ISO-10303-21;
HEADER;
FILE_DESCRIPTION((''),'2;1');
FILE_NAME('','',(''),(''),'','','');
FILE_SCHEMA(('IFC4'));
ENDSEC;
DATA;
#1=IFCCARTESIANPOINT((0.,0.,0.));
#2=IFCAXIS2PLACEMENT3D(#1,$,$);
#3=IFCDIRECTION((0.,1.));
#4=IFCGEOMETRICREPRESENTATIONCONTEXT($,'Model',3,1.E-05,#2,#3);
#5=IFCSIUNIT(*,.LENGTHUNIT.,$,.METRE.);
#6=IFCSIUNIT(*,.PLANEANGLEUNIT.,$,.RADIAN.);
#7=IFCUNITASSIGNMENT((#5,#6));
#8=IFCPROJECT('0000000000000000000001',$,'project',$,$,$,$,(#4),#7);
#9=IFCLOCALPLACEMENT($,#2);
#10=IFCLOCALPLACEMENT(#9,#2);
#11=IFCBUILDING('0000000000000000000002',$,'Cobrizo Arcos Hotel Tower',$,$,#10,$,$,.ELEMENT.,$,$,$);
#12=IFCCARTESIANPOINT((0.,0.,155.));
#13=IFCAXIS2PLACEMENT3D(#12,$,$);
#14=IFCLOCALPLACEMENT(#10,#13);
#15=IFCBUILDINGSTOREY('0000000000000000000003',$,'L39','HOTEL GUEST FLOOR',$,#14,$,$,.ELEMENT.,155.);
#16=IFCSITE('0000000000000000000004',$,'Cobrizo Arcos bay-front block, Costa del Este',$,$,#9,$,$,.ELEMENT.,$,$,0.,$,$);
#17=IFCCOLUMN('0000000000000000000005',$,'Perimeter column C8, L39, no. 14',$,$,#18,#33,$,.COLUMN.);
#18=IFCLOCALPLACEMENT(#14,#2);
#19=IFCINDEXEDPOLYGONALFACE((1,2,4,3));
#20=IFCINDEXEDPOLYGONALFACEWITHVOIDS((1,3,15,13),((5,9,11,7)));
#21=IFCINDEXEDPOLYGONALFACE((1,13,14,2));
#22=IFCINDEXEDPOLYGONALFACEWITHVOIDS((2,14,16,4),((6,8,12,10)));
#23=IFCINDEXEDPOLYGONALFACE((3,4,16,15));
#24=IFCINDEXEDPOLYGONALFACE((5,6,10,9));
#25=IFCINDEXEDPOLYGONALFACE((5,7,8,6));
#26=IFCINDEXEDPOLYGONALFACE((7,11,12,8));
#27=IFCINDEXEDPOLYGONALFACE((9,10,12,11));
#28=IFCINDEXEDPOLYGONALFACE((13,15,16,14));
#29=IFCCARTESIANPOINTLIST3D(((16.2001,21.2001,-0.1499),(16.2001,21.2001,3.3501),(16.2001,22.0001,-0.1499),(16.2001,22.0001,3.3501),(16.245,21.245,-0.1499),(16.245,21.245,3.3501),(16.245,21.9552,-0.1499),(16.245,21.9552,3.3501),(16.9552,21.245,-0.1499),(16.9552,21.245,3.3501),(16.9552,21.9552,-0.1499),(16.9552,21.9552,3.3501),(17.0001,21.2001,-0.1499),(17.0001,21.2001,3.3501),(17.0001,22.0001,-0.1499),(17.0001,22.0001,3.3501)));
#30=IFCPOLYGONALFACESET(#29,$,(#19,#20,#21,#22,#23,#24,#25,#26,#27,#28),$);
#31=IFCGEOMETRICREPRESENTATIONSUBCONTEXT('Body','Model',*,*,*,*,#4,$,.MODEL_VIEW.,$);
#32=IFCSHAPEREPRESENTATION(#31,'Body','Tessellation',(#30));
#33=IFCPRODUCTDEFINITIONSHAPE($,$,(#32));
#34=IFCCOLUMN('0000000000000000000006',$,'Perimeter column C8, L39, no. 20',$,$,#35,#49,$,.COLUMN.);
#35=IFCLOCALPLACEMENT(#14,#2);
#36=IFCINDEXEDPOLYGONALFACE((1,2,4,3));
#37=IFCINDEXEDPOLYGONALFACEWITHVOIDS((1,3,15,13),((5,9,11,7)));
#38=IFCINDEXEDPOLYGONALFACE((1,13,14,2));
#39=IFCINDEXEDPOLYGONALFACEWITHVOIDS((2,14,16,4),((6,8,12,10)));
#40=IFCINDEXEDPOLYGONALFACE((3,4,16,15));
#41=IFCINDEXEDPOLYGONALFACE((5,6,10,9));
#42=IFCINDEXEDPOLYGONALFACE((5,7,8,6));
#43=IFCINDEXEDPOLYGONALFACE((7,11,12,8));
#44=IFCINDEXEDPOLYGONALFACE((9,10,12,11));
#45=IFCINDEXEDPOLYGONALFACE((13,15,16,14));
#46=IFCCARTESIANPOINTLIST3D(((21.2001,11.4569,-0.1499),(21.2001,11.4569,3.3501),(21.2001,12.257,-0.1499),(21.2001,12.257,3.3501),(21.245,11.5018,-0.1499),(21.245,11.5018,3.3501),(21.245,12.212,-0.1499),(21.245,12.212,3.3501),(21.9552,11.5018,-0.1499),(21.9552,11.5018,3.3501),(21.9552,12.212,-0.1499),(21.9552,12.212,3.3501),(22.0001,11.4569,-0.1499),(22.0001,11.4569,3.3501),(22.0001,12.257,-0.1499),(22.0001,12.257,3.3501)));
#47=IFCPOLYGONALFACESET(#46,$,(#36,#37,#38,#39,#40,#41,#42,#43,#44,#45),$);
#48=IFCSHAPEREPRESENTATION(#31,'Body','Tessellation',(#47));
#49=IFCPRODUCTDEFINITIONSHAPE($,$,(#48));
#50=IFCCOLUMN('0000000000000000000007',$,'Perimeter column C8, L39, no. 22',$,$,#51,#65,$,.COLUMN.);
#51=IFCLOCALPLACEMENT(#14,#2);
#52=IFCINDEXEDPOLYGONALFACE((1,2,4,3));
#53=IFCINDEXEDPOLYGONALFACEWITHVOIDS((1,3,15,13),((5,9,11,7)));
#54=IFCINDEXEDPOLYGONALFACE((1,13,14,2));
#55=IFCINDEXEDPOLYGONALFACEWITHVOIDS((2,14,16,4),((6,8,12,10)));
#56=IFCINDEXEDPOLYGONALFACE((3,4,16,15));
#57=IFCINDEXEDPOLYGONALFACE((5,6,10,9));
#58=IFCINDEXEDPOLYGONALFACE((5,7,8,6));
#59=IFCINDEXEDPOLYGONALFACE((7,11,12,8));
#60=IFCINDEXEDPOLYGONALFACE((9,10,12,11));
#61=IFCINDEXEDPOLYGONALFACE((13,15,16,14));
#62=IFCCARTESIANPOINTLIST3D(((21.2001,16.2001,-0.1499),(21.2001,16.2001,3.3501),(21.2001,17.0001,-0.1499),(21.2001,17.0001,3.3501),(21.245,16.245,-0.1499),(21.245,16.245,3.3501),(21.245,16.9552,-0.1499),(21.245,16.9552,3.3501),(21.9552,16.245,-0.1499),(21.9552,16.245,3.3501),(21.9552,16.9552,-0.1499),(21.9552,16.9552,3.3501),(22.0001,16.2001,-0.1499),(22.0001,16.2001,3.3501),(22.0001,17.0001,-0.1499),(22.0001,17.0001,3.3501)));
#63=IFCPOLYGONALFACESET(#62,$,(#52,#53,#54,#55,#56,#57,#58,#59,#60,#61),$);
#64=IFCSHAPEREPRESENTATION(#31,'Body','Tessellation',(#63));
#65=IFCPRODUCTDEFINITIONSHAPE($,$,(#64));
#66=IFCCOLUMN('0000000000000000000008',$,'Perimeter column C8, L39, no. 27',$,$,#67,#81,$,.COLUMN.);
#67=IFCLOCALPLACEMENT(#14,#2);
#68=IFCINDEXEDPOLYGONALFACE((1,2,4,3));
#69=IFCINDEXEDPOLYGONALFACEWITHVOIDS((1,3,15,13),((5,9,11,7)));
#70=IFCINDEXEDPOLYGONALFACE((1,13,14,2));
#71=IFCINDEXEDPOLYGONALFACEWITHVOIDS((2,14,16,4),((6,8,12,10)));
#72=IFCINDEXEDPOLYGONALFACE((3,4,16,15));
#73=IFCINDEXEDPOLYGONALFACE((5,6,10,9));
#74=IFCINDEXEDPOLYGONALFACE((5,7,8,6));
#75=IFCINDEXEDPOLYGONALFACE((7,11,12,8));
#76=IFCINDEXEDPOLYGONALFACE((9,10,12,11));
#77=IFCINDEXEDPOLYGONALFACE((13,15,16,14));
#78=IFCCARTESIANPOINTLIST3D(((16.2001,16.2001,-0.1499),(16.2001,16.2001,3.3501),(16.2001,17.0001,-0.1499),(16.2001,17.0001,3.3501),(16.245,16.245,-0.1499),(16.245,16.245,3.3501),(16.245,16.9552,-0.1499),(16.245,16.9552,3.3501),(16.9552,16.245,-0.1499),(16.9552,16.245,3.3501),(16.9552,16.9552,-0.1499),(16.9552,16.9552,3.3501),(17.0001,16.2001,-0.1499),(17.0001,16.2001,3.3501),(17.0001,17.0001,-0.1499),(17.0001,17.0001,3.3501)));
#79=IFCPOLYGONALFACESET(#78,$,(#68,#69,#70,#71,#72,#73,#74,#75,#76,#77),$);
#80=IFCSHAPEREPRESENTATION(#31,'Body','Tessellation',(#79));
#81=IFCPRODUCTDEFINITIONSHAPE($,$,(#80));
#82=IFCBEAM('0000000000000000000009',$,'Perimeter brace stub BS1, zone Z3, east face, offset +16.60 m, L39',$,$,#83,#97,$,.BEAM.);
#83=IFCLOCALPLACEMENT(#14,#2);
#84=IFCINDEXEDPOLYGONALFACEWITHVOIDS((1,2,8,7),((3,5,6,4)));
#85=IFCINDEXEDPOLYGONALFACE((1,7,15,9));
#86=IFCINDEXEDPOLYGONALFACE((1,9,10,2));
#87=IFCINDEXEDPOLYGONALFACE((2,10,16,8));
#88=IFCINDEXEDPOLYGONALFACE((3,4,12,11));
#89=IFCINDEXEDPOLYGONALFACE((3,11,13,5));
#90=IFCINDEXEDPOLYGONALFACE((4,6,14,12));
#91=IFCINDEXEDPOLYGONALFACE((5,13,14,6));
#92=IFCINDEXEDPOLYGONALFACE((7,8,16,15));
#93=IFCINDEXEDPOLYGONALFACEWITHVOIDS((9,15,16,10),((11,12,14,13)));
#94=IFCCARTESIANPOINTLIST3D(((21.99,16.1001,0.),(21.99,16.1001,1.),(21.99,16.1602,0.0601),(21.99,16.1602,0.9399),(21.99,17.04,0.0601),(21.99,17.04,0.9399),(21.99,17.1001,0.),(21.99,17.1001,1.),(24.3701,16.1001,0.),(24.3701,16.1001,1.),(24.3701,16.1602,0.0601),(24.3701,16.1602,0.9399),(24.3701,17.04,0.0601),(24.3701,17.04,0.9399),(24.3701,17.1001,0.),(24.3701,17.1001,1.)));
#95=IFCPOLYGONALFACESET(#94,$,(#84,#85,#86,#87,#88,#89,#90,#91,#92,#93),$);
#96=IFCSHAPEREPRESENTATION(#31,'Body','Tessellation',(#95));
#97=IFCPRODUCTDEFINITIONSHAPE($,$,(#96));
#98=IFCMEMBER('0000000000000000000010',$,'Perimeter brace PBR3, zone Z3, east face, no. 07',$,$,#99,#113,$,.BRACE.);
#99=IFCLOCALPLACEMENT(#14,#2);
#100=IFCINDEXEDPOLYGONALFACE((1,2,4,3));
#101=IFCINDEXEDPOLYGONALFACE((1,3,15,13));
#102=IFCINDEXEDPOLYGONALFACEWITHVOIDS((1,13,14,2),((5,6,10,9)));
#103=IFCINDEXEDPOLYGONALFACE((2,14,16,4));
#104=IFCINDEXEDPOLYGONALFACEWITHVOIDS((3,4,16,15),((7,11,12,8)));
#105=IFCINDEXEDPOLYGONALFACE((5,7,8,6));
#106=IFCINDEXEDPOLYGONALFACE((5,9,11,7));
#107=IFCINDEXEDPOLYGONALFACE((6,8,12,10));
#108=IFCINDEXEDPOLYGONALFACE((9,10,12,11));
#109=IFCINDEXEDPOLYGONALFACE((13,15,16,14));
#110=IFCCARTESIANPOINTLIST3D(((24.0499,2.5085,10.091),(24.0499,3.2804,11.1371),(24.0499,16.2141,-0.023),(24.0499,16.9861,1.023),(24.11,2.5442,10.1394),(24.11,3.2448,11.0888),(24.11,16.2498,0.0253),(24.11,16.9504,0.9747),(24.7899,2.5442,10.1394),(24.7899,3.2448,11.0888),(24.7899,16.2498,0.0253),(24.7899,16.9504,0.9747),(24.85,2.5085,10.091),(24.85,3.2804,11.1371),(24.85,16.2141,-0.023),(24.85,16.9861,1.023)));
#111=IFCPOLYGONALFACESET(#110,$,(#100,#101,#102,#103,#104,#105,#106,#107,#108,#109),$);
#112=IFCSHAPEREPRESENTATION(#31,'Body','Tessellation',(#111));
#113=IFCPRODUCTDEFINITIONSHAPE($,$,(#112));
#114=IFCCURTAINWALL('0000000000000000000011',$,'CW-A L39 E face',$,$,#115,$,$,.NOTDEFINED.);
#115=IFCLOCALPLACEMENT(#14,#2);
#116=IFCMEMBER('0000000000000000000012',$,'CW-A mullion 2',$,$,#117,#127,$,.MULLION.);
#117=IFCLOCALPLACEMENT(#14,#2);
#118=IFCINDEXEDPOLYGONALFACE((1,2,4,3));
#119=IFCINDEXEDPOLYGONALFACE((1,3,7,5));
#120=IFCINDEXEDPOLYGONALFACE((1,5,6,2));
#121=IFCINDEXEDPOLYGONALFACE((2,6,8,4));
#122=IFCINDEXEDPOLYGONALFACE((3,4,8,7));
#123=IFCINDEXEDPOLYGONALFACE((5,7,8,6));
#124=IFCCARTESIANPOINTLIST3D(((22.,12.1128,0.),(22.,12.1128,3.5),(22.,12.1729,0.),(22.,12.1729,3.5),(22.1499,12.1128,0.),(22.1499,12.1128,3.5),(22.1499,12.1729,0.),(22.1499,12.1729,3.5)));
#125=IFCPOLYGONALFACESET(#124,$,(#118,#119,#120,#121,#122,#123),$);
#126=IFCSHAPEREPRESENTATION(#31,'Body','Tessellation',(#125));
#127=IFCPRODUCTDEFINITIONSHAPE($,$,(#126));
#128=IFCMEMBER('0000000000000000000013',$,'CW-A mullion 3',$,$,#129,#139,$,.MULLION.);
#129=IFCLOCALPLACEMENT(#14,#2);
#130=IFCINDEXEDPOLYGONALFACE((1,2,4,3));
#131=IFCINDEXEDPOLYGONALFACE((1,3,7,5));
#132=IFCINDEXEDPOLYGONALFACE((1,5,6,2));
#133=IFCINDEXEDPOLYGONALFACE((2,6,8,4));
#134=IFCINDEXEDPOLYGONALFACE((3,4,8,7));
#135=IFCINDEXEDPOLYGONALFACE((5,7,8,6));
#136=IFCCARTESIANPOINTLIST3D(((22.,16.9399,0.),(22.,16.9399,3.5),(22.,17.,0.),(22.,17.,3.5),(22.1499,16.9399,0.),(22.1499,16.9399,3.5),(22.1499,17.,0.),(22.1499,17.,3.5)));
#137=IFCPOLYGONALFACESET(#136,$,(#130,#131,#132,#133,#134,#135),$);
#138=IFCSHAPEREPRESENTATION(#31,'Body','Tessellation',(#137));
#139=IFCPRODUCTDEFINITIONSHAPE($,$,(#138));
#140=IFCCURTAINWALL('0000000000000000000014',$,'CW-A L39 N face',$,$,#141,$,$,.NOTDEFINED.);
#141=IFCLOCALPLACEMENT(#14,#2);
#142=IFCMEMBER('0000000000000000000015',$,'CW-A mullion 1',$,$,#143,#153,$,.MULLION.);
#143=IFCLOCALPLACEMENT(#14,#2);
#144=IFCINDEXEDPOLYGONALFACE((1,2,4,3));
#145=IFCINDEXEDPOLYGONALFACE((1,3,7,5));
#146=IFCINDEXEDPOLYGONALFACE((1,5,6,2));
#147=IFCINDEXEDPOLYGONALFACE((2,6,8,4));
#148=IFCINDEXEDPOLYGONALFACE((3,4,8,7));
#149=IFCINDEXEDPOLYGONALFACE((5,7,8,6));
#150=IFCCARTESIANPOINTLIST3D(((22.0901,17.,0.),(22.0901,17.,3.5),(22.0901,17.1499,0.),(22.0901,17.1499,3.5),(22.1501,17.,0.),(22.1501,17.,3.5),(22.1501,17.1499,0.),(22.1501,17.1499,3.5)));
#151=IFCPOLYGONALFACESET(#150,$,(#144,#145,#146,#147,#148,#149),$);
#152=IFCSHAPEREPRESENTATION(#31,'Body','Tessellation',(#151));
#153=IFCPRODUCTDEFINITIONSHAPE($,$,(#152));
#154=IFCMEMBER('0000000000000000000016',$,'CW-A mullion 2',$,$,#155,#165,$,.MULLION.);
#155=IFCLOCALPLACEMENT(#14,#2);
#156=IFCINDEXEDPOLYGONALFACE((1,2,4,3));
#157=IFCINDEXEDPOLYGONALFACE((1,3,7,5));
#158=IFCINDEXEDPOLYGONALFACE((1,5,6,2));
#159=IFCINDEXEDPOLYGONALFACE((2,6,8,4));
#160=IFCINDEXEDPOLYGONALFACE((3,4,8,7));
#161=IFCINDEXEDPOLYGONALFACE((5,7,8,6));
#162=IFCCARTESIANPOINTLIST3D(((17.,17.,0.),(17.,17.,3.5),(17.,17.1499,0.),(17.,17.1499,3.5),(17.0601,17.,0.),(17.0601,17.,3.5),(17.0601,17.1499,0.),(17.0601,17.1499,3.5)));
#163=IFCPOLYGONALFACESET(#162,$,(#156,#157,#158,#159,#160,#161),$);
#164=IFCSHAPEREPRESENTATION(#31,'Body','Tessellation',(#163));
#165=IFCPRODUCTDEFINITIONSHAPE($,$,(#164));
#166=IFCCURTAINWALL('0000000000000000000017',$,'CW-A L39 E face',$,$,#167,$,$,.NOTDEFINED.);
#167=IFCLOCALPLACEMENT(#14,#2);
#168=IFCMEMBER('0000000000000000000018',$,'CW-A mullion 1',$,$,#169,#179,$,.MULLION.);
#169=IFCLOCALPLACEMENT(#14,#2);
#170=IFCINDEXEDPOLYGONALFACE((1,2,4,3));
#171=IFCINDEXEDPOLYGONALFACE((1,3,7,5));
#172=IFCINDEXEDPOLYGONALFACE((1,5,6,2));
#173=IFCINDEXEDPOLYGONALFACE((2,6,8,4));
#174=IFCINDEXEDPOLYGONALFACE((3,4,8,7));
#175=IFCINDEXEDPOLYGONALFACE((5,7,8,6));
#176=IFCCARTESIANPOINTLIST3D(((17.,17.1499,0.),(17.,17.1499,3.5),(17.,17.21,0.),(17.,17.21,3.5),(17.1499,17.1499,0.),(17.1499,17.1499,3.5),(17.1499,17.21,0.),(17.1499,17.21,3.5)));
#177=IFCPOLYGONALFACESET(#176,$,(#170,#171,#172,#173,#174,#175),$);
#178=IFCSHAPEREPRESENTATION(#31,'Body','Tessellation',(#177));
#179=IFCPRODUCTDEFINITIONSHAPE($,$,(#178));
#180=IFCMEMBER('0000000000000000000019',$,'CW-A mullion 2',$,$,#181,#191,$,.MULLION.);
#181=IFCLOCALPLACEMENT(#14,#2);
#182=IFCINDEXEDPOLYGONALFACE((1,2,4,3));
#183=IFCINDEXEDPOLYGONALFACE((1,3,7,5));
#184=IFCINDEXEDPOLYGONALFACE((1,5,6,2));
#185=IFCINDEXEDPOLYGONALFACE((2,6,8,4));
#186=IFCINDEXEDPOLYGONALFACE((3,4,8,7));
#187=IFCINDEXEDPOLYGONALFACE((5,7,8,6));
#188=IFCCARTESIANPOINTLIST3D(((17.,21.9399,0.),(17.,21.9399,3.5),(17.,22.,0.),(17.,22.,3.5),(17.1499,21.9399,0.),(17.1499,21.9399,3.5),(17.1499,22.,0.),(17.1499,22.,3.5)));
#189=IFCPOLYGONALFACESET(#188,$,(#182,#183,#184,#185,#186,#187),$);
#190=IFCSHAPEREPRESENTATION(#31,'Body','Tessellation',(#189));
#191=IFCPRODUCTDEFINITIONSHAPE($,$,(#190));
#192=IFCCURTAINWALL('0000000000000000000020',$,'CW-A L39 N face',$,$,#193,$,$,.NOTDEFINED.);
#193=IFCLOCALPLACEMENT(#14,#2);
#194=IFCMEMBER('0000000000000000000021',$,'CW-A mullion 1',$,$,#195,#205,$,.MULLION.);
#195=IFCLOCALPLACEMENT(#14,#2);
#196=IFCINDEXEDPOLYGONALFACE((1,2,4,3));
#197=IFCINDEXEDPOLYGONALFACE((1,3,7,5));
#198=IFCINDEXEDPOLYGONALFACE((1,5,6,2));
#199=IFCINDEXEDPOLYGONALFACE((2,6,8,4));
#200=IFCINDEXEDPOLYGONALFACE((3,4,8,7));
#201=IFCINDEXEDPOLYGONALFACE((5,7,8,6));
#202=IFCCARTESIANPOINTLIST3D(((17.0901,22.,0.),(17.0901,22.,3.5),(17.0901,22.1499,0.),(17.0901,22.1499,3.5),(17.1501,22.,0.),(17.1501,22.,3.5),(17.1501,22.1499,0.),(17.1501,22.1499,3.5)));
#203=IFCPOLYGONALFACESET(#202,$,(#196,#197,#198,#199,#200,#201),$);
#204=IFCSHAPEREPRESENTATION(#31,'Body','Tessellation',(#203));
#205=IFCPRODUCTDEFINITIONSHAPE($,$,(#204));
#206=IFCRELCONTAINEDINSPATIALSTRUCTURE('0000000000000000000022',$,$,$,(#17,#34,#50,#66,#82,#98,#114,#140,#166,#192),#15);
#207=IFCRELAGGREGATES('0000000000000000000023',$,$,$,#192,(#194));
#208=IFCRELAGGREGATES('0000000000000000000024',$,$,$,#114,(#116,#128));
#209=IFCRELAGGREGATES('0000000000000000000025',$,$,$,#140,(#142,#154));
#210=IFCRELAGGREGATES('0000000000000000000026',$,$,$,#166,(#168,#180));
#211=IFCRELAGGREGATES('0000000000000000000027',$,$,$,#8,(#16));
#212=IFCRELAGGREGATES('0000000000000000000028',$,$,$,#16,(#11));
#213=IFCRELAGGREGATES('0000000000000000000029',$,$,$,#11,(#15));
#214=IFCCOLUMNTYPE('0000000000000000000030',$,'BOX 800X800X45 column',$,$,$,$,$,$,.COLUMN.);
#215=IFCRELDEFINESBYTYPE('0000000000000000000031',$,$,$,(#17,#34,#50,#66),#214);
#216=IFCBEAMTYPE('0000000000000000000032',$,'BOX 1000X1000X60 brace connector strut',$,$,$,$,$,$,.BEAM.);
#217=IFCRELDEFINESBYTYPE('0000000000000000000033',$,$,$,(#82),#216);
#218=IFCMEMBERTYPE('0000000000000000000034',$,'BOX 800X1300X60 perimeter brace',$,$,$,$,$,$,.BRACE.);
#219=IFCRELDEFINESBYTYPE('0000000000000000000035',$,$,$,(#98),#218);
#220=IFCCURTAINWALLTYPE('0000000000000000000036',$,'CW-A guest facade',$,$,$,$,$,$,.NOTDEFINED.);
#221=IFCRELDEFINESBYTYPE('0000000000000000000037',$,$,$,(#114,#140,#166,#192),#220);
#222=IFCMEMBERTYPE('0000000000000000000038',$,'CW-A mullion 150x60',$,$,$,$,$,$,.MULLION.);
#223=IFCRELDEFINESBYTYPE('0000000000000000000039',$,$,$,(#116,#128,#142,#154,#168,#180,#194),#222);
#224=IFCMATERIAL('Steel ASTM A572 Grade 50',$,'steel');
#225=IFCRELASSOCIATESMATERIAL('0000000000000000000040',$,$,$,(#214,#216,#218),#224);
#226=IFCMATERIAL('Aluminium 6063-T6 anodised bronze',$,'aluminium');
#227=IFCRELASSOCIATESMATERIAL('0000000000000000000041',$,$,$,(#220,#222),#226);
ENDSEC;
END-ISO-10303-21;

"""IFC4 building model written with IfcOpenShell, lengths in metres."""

from ifc_helpers import new_model, si_unit, direction, frame, origin, origin_2d, place, context, subcontext, project, spatial, rectangle, hollow_rectangle, extrude, material, material_profile, profile_set, type_object, element, aggregate, save


model = new_model("IFC4")

# Units and contexts
model_context = context("Model", 3, precision=1e-05, world=origin(), true_north=direction((0.0, 1.0)))
body_context = subcontext(model_context, "Body", "Model", "MODEL_VIEW")
ifc_project = project(units=[si_unit("LENGTHUNIT", "METRE"), si_unit("PLANEANGLEUNIT", "RADIAN")], contexts=[model_context])

# Site, building, storey
site_placement = place(None, origin())
site = spatial("IfcSite", under=ifc_project, at=site_placement, Name="Cobrizo Arcos bay-front block, Costa del Este", CompositionType="ELEMENT", RefElevation=0.0)
building_placement = place(site_placement, origin())
building = spatial("IfcBuilding", under=site, at=building_placement, Name="Cobrizo Arcos Hotel Tower", CompositionType="ELEMENT")
storey_placement = place(building_placement, frame((0.0, 0.0, 155.0)))
storey = spatial("IfcBuildingStorey", under=building, at=storey_placement, Name="L39", Description="HOTEL GUEST FLOOR", CompositionType="ELEMENT", Elevation=155.0)

# Columns
ifc_material_1 = material(Name="Steel ASTM A572 Grade 50", Category="steel")
ifc_material_profile_1 = material_profile(ifc_material_1, hollow_rectangle(XDim=0.8, YDim=0.8, WallThickness=0.0449, at=origin_2d()), Name="BOX 800X800X45")
ifc_profile_set_1 = profile_set([ifc_material_profile_1], Name="Steel ASTM A572 Grade 50")
column_type = type_object("IfcColumnType", Name="BOX 800X800X45 column", PredefinedType="COLUMN", material=ifc_profile_set_1)
for number, where, z_axis, x_axis, name in (
    (1, (16.6001, 21.6001, -0.1499), (0.0, 0.0, 1.0), (1.0, 0.0, 0.0), "Perimeter column C8, L39, no. 14"),
    (2, (21.6001, 11.8569, -0.1499), (0.0, 0.0, 1.0), (1.0, 0.0, 0.0), "Perimeter column C8, L39, no. 20"),
    (3, (21.6001, 16.6001, -0.1499), (0.0, 0.0, 1.0), (1.0, 0.0, 0.0), "Perimeter column C8, L39, no. 22"),
    (4, (16.6001, 16.6001, -0.1499), (0.0, 0.0, 1.0), (1.0, 0.0, 0.0), "Perimeter column C8, L39, no. 27"),
):
    element("IfcColumn", number, at=place(storey_placement, frame(where, z_axis=z_axis, x_axis=x_axis)), inside=storey, type_object=column_type, Name=name, PredefinedType="COLUMN", context=body_context, shape_type="SweptSolid", body=[
        extrude(hollow_rectangle(XDim=0.8, YDim=0.8, WallThickness=0.0449, at=origin_2d()), origin(), (0.0, 0.0, 1.0), 3.5),
    ])

# Beam
ifc_material_profile_2 = material_profile(ifc_material_1, hollow_rectangle(XDim=1.0, YDim=1.0, WallThickness=0.0601, at=origin_2d()), Name="BOX 1000X1000X60")
ifc_profile_set_2 = profile_set([ifc_material_profile_2], Name="Steel ASTM A572 Grade 50")
beam_type_1 = type_object("IfcBeamType", Name="BOX 1000X1000X60 brace connector strut", PredefinedType="BEAM", material=ifc_profile_set_2)
beam_1_placement = place(storey_placement, frame((21.99, 16.6001, 0.5), z_axis=(1.0, 0.0, 0.0), x_axis=(0.0, 1.0, 0.0)))
element("IfcBeam", 5, at=beam_1_placement, inside=storey, type_object=beam_type_1, Name="Perimeter brace stub BS1, zone Z3, east face, offset +16.60 m, L39", PredefinedType="BEAM", context=body_context, shape_type="SweptSolid", body=[
    extrude(hollow_rectangle(XDim=1.0, YDim=1.0, WallThickness=0.0601, at=origin_2d()), origin(), (0.0, 0.0, 1.0), 2.3801),
])

# Member
ifc_material_profile_3 = material_profile(ifc_material_1, hollow_rectangle(XDim=0.8, YDim=1.3, WallThickness=0.0601, at=origin_2d()), Name="BOX 800X1300X60")
ifc_profile_set_3 = profile_set([ifc_material_profile_3], Name="Steel ASTM A572 Grade 50")
member_type_1 = type_object("IfcMemberType", Name="BOX 800X1300X60 perimeter brace", PredefinedType="BRACE", material=ifc_profile_set_3)
member_1_placement = place(storey_placement, frame((24.45, 16.6001, 0.5), z_axis=(0.0, -0.80463, 0.593776), x_axis=(1.0, 0.0, 0.0)))
element("IfcMember", 6, at=member_1_placement, inside=storey, type_object=member_type_1, Name="Perimeter brace PBR3, zone Z3, east face, no. 07", PredefinedType="BRACE", context=body_context, shape_type="SweptSolid", body=[
    extrude(hollow_rectangle(XDim=0.8, YDim=1.3, WallThickness=0.0601, at=origin_2d()), origin(), (0.0, 0.0, 1.0), 17.0334),
])

# Curtain walls, members
ifc_material_2 = material(Name="Aluminium 6063-T6 anodised bronze", Category="aluminium")
curtain_wall_type = type_object("IfcCurtainWallType", Name="CW-A guest facade", PredefinedType="NOTDEFINED", material=ifc_material_2)
curtain_wall_1_placement = place(storey_placement, origin())
curtain_wall_1 = element("IfcCurtainWall", 7, at=curtain_wall_1_placement, inside=storey, type_object=curtain_wall_type, Name="CW-A L39 E face", PredefinedType="NOTDEFINED")
ifc_material_profile_4 = material_profile(ifc_material_2, rectangle(XDim=0.1499, YDim=0.0601, at=origin_2d()), Name="CW-A mullion 150x60")
ifc_profile_set_4 = profile_set([ifc_material_profile_4], Name="Aluminium 6063-T6 anodised bronze")
member_type_2 = type_object("IfcMemberType", Name="CW-A mullion 150x60", PredefinedType="MULLION", material=ifc_profile_set_4)
member_2_placement = place(storey_placement, frame((22.075, 12.1428, 0.0), z_axis=(0.0, 0.0, 1.0), x_axis=(1.0, 0.0, 0.0)))
member_2 = element("IfcMember", 8, at=member_2_placement, type_object=member_type_2, Name="CW-A mullion 2", PredefinedType="MULLION", context=body_context, shape_type="SweptSolid", body=[
    extrude(rectangle(XDim=0.1499, YDim=0.0601, at=origin_2d()), origin(), (0.0, 0.0, 1.0), 3.5),
])
member_3_placement = place(storey_placement, frame((22.075, 16.97, 0.0), z_axis=(0.0, 0.0, 1.0), x_axis=(1.0, 0.0, 0.0)))
member_3 = element("IfcMember", 9, at=member_3_placement, type_object=member_type_2, Name="CW-A mullion 3", PredefinedType="MULLION", context=body_context, shape_type="SweptSolid", body=[
    extrude(rectangle(XDim=0.1499, YDim=0.0601, at=origin_2d()), origin(), (0.0, 0.0, 1.0), 3.5),
])
curtain_wall_2_placement = place(storey_placement, origin())
curtain_wall_2 = element("IfcCurtainWall", 10, at=curtain_wall_2_placement, inside=storey, type_object=curtain_wall_type, Name="CW-A L39 N face", PredefinedType="NOTDEFINED")
member_4_placement = place(storey_placement, frame((22.1201, 17.075, 0.0), z_axis=(0.0, 0.0, 1.0), x_axis=(0.0, 1.0, 0.0)))
member_4 = element("IfcMember", 11, at=member_4_placement, type_object=member_type_2, Name="CW-A mullion 1", PredefinedType="MULLION", context=body_context, shape_type="SweptSolid", body=[
    extrude(rectangle(XDim=0.1499, YDim=0.0601, at=origin_2d()), origin(), (0.0, 0.0, 1.0), 3.5),
])
member_5_placement = place(storey_placement, frame((17.03, 17.075, 0.0), z_axis=(0.0, 0.0, 1.0), x_axis=(0.0, 1.0, 0.0)))
member_5 = element("IfcMember", 12, at=member_5_placement, type_object=member_type_2, Name="CW-A mullion 2", PredefinedType="MULLION", context=body_context, shape_type="SweptSolid", body=[
    extrude(rectangle(XDim=0.1499, YDim=0.0601, at=origin_2d()), origin(), (0.0, 0.0, 1.0), 3.5),
])
curtain_wall_3_placement = place(storey_placement, origin())
curtain_wall_3 = element("IfcCurtainWall", 13, at=curtain_wall_3_placement, inside=storey, type_object=curtain_wall_type, Name="CW-A L39 E face", PredefinedType="NOTDEFINED")
member_6_placement = place(storey_placement, frame((17.075, 17.1799, 0.0), z_axis=(0.0, 0.0, 1.0), x_axis=(1.0, 0.0, 0.0)))
member_6 = element("IfcMember", 14, at=member_6_placement, type_object=member_type_2, Name="CW-A mullion 1", PredefinedType="MULLION", context=body_context, shape_type="SweptSolid", body=[
    extrude(rectangle(XDim=0.1499, YDim=0.0601, at=origin_2d()), origin(), (0.0, 0.0, 1.0), 3.5),
])
member_7_placement = place(storey_placement, frame((17.075, 21.97, 0.0), z_axis=(0.0, 0.0, 1.0), x_axis=(1.0, 0.0, 0.0)))
member_7 = element("IfcMember", 15, at=member_7_placement, type_object=member_type_2, Name="CW-A mullion 2", PredefinedType="MULLION", context=body_context, shape_type="SweptSolid", body=[
    extrude(rectangle(XDim=0.1499, YDim=0.0601, at=origin_2d()), origin(), (0.0, 0.0, 1.0), 3.5),
])

# Curtain wall, member
curtain_wall_4_placement = place(storey_placement, origin())
curtain_wall_4 = element("IfcCurtainWall", 16, at=curtain_wall_4_placement, inside=storey, type_object=curtain_wall_type, Name="CW-A L39 N face", PredefinedType="NOTDEFINED")
member_8_placement = place(storey_placement, frame((17.1201, 22.075, 0.0), z_axis=(0.0, 0.0, 1.0), x_axis=(0.0, 1.0, 0.0)))
member_8 = element("IfcMember", 17, at=member_8_placement, type_object=member_type_2, Name="CW-A mullion 1", PredefinedType="MULLION", context=body_context, shape_type="SweptSolid", body=[
    extrude(rectangle(XDim=0.1499, YDim=0.0601, at=origin_2d()), origin(), (0.0, 0.0, 1.0), 3.5),
])

aggregate(curtain_wall_4, [member_8])

aggregate(curtain_wall_1, [member_2, member_3])
aggregate(curtain_wall_2, [member_4, member_5])
aggregate(curtain_wall_3, [member_6, member_7])

save(model, "model.ifc")
